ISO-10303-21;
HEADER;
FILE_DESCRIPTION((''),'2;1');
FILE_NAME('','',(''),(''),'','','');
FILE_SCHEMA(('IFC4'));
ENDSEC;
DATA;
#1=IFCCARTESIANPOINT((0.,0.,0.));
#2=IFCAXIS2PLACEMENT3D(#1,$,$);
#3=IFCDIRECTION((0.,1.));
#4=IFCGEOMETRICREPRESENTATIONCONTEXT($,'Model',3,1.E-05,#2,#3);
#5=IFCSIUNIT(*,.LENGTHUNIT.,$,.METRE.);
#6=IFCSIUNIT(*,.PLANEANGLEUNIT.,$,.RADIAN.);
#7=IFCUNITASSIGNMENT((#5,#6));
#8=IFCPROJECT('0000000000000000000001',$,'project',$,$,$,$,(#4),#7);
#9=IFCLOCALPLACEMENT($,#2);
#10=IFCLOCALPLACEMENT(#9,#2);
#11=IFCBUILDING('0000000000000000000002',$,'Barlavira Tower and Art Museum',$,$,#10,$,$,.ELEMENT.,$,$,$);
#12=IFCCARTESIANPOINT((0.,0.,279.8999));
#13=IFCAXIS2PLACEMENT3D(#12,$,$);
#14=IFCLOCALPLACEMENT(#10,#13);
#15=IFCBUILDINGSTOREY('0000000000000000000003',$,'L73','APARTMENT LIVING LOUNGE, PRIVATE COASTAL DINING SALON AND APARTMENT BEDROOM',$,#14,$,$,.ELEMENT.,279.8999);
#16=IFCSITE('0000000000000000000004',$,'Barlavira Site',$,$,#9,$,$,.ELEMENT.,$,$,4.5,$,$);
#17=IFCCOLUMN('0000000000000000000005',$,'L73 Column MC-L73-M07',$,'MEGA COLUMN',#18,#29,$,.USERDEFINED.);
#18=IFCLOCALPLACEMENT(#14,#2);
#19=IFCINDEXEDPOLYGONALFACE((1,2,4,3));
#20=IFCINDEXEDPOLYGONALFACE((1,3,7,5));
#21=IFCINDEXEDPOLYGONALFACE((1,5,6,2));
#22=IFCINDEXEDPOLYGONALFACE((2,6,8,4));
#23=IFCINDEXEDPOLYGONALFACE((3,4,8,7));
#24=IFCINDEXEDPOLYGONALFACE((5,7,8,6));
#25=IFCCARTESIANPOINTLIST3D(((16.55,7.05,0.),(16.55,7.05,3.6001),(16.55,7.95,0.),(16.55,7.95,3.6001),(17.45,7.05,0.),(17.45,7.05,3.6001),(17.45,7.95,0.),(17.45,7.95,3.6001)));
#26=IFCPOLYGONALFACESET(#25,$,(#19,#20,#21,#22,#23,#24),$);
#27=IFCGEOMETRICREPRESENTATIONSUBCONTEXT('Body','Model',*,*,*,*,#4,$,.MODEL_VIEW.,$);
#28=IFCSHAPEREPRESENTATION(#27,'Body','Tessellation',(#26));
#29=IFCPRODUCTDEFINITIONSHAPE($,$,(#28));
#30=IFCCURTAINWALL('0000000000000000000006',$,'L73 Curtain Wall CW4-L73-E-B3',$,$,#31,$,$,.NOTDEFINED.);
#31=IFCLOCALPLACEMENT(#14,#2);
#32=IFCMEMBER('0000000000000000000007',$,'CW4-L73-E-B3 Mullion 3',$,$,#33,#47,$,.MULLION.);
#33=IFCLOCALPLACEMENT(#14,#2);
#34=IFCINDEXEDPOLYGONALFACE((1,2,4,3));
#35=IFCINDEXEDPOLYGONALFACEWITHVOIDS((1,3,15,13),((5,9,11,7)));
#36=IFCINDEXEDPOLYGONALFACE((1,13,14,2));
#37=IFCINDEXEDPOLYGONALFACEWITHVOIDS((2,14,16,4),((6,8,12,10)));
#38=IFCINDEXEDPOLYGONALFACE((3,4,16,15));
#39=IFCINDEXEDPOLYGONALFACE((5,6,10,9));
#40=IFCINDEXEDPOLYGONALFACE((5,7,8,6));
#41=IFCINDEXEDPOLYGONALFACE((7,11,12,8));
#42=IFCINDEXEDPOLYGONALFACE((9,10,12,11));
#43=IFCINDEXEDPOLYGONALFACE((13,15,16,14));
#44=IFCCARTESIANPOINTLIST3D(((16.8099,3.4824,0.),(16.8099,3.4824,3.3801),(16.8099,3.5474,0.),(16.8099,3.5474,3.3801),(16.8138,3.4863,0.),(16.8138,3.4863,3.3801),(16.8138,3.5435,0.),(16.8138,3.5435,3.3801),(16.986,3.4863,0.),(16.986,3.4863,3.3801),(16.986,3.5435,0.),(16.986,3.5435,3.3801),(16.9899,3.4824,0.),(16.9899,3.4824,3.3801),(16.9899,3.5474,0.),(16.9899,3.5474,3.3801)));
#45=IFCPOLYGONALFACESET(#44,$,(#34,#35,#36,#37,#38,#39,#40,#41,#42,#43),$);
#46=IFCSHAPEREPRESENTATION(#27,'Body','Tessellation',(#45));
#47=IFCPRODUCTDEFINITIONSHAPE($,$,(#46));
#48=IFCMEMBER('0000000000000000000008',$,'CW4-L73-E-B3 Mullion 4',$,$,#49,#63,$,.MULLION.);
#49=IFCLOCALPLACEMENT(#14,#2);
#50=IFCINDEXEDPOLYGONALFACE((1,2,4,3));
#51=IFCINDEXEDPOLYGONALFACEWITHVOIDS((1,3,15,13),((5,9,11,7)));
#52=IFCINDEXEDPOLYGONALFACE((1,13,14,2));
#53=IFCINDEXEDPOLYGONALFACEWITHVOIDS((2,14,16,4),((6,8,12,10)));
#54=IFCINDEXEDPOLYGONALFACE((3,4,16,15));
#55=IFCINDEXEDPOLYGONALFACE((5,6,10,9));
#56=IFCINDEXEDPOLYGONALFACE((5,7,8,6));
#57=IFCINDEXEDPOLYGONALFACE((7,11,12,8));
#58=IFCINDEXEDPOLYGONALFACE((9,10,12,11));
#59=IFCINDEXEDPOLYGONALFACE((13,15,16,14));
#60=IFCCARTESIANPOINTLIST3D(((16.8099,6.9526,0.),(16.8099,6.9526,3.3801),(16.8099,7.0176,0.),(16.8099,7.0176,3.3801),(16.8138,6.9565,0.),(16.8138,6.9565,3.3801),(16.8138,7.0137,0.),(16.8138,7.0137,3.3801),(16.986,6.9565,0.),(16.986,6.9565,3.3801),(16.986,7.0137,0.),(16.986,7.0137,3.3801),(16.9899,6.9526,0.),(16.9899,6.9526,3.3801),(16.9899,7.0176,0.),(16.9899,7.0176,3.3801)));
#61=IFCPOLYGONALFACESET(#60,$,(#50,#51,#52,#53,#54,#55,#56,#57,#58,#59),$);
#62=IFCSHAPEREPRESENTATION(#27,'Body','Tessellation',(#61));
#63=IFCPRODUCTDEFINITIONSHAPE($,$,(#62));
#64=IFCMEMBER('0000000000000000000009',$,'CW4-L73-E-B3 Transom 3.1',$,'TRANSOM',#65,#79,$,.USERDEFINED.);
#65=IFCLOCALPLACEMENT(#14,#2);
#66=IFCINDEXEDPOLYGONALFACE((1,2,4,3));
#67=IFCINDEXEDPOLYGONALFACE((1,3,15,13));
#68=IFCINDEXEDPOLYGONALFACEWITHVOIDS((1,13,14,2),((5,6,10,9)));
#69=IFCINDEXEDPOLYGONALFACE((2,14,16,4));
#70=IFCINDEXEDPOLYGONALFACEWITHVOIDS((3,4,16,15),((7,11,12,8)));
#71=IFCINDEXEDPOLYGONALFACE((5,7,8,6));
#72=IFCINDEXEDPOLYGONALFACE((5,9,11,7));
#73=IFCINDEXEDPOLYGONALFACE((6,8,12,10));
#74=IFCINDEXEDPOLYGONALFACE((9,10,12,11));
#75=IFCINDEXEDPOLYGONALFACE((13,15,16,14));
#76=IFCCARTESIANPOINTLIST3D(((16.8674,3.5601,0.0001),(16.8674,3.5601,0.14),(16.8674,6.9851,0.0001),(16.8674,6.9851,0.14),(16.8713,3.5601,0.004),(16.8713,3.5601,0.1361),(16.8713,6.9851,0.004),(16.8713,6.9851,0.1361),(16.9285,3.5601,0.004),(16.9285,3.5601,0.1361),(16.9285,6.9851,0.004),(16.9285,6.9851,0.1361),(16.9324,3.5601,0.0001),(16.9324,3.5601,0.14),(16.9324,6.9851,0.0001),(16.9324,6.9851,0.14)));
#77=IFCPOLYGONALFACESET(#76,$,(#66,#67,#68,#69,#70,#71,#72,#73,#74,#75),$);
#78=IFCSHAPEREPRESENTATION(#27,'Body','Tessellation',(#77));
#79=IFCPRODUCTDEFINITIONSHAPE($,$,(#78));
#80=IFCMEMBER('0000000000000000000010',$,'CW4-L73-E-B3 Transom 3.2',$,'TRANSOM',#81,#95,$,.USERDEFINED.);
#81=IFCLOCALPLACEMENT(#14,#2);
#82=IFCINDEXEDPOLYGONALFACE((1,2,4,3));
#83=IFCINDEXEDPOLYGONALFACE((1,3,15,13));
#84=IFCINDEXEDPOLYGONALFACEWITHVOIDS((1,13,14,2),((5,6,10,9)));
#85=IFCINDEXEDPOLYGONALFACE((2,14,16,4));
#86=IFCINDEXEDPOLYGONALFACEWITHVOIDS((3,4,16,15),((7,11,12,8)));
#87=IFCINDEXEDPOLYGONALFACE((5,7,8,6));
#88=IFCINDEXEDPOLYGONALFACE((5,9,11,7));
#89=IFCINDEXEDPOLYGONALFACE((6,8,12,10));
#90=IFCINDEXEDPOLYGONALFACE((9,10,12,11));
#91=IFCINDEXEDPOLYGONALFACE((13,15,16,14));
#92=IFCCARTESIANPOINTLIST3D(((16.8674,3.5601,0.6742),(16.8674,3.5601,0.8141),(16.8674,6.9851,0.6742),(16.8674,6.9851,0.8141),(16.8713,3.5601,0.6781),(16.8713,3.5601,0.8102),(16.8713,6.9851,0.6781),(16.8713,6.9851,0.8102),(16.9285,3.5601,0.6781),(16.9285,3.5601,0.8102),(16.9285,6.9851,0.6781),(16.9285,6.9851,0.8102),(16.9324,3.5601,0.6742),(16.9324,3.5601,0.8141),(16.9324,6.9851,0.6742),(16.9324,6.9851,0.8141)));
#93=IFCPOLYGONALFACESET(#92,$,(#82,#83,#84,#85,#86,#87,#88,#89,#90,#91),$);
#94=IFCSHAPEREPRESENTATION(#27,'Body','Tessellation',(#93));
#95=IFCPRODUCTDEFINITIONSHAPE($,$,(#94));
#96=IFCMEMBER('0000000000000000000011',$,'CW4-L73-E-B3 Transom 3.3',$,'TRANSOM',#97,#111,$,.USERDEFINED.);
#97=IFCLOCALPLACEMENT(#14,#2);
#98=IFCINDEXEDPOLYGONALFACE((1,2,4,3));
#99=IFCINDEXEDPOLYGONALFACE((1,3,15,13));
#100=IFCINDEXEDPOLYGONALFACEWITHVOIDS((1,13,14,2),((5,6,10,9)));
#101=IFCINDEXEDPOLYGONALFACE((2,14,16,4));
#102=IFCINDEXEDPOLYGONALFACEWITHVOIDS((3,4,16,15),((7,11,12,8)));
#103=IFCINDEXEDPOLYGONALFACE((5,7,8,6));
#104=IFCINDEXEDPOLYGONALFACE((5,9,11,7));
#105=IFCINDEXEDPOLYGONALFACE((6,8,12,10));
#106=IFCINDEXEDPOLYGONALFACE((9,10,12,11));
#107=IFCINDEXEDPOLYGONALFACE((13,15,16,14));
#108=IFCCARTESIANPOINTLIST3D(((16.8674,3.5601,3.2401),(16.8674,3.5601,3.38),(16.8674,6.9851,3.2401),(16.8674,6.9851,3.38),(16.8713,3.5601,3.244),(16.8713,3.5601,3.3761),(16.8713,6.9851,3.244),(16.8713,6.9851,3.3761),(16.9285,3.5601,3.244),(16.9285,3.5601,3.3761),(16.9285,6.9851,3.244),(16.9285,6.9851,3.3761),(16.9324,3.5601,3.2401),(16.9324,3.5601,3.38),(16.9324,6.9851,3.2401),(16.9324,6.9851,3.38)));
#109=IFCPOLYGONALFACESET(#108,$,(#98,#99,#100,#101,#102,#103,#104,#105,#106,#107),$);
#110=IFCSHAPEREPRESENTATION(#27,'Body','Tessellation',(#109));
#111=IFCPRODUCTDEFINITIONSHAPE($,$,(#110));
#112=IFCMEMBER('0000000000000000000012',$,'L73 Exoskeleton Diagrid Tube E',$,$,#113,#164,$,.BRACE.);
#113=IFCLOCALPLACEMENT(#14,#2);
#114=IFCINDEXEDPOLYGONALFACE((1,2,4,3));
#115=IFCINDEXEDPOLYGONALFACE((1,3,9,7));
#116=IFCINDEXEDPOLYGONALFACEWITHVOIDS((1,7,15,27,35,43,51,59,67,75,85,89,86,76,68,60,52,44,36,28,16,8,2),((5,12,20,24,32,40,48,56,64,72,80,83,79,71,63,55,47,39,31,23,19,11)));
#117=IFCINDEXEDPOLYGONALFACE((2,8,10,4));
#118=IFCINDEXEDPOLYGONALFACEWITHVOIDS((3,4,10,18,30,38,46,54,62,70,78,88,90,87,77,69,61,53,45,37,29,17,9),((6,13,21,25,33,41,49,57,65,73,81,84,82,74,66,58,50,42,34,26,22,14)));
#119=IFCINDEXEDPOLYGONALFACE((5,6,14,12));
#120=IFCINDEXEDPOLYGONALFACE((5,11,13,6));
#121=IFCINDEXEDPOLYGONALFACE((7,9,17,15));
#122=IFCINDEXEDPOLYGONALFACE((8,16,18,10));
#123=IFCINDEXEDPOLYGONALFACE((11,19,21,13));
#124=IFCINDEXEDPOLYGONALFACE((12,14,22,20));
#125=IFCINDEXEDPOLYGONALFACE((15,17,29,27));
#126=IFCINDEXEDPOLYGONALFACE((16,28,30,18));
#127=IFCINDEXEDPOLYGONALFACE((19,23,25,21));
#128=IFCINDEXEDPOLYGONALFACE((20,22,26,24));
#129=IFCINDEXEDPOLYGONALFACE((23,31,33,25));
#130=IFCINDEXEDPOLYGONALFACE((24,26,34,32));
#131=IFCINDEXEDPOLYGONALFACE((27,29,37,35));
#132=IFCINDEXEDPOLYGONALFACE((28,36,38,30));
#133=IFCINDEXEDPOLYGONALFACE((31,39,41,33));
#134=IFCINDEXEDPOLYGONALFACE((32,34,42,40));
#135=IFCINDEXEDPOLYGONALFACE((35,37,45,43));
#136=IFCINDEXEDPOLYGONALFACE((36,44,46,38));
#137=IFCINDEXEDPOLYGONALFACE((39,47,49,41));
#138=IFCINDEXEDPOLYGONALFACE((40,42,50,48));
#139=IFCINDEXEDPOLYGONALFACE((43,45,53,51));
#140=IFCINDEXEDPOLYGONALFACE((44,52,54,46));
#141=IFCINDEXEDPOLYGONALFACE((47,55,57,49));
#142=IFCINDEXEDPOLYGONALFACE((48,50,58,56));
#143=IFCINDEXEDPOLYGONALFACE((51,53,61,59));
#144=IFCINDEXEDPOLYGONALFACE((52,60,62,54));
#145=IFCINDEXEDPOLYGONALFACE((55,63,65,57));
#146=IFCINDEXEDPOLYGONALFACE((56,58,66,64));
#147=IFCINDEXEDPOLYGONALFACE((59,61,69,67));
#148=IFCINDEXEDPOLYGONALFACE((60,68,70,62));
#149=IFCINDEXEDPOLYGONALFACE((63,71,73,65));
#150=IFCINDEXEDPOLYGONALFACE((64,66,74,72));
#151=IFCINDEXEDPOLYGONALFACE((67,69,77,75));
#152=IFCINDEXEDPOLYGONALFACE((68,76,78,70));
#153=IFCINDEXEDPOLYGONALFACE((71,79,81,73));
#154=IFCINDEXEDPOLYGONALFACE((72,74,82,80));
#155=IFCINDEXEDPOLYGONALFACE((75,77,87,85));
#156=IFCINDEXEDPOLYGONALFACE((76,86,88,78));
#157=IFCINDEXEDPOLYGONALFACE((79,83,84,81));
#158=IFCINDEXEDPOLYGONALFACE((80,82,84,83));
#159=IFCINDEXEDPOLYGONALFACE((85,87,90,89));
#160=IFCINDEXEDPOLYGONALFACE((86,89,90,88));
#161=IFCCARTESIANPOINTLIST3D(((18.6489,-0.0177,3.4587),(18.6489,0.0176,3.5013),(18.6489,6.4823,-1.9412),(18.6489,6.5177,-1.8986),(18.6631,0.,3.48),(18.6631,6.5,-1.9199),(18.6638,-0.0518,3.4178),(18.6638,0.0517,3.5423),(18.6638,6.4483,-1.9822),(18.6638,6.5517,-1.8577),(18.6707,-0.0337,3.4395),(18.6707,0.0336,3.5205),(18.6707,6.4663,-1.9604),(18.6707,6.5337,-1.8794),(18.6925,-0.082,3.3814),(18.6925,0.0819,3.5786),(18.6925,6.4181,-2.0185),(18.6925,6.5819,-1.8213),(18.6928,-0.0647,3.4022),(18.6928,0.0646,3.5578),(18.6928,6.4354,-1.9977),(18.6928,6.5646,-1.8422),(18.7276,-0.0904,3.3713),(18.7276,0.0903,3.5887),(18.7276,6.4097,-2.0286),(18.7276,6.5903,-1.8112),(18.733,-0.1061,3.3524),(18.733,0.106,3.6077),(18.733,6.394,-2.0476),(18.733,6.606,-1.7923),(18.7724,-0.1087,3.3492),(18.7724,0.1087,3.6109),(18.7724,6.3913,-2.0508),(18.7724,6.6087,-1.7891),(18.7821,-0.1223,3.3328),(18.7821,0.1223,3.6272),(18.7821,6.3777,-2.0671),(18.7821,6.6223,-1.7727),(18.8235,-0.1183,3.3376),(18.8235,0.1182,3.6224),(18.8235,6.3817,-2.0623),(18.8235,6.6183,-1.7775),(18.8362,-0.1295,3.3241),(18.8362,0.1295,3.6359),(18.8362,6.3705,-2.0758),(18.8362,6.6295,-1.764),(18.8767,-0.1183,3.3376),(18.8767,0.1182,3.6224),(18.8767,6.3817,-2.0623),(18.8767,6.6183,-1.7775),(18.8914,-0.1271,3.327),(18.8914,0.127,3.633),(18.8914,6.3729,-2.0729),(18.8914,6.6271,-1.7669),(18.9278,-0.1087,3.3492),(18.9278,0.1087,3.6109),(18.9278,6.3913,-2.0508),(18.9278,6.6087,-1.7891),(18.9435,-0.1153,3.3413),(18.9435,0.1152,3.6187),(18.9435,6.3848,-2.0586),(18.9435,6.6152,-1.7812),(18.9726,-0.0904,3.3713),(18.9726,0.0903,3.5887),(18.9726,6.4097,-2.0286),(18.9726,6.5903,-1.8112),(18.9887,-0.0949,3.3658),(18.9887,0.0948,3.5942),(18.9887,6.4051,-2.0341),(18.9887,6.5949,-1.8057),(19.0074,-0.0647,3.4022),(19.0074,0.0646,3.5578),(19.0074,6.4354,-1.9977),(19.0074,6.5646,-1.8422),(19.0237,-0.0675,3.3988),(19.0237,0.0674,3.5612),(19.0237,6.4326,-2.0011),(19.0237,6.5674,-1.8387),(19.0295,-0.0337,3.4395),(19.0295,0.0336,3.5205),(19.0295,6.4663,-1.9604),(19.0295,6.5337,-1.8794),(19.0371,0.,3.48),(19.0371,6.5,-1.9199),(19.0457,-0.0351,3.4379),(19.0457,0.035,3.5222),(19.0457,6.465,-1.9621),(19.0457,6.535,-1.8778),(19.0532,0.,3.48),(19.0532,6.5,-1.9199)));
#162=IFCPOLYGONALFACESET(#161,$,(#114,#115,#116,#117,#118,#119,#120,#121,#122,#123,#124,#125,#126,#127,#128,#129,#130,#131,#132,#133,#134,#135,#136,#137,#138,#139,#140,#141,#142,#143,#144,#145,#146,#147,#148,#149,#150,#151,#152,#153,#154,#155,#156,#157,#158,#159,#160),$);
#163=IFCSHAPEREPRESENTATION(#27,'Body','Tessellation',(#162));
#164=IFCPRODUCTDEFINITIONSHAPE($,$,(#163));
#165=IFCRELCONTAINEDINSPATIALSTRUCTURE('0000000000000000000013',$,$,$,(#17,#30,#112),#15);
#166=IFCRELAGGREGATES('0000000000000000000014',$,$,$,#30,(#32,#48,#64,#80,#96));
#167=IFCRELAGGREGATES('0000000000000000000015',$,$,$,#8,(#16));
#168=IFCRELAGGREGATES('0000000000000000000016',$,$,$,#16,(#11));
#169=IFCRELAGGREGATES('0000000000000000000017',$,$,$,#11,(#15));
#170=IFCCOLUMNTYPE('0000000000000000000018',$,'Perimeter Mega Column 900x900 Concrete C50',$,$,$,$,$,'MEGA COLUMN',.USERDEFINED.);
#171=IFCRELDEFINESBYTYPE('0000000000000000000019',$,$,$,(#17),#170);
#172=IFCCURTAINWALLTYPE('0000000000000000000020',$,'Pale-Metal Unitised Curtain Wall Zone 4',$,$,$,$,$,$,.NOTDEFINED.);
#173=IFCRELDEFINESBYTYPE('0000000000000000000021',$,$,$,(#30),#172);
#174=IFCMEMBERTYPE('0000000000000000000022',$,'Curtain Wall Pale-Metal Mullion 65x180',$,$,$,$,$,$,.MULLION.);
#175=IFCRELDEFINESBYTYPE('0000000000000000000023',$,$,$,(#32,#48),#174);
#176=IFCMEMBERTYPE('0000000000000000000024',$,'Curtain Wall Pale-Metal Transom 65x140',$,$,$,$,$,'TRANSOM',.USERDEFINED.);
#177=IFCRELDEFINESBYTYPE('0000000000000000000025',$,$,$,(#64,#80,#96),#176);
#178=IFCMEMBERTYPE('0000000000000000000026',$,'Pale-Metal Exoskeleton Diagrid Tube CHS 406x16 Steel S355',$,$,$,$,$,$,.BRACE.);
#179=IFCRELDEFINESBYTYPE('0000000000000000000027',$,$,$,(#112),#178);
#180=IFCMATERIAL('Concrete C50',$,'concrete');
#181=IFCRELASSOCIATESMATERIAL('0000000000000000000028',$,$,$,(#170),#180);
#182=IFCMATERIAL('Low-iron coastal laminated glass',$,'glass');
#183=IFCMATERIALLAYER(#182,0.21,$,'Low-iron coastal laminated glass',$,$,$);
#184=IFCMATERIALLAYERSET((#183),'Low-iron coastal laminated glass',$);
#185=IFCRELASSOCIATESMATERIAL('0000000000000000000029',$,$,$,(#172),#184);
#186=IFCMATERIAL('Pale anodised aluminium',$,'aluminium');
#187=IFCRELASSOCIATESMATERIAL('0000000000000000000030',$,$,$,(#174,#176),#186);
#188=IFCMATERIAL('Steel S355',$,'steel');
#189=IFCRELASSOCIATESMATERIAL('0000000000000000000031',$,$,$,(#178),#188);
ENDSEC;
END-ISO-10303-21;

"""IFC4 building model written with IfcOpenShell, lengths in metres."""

from ifc_helpers import new_model, si_unit, direction, frame, origin, origin_2d, place, context, subcontext, project, spatial, rectangle, hollow_rectangle, hollow_circle, extrude, material, layer, layer_set, material_profile, profile_set, type_object, element, aggregate, save


model = new_model("IFC4")

# Units and contexts
model_context = context("Model", 3, precision=1e-05, world=origin(), true_north=direction((0.0, 1.0)))
body_context = subcontext(model_context, "Body", "Model", "MODEL_VIEW")
ifc_project = project(units=[si_unit("LENGTHUNIT", "METRE"), si_unit("PLANEANGLEUNIT", "RADIAN")], contexts=[model_context])

# Site, building, storey
site_placement = place(None, origin())
site = spatial("IfcSite", under=ifc_project, at=site_placement, Name="Barlavira Site", CompositionType="ELEMENT", RefElevation=4.5)
building_placement = place(site_placement, origin())
building = spatial("IfcBuilding", under=site, at=building_placement, Name="Barlavira Tower and Art Museum", CompositionType="ELEMENT")
storey_placement = place(building_placement, frame((0.0, 0.0, 279.8999)))
storey = spatial("IfcBuildingStorey", under=building, at=storey_placement, Name="L73", Description="APARTMENT LIVING LOUNGE, PRIVATE COASTAL DINING SALON AND APARTMENT BEDROOM", CompositionType="ELEMENT", Elevation=279.8999)

# Column
ifc_material_1 = material(Name="Concrete C50", Category="concrete")
ifc_material_profile_1 = material_profile(ifc_material_1, rectangle(XDim=0.8999, YDim=0.8999, at=origin_2d()), Name="RC-COL 900x900")
ifc_profile_set_1 = profile_set([ifc_material_profile_1], Name="Concrete C50")
column_type = type_object("IfcColumnType", Name="Perimeter Mega Column 900x900 Concrete C50", ElementType="MEGA COLUMN", PredefinedType="USERDEFINED", material=ifc_profile_set_1)
column_placement = place(storey_placement, frame((17.0, 7.5, 0.0), z_axis=(0.0, 0.0, 1.0), x_axis=(1.0, 0.0, 0.0)))
element("IfcColumn", 1, at=column_placement, inside=storey, type_object=column_type, Name="L73 Column MC-L73-M07", ObjectType="MEGA COLUMN", PredefinedType="USERDEFINED", context=body_context, shape_type="SweptSolid", body=[
    extrude(rectangle(XDim=0.8999, YDim=0.8999, at=origin_2d()), origin(), (0.0, 0.0, 1.0), 3.6001),
])

# Curtain wall, members
ifc_material_2 = material(Name="Low-iron coastal laminated glass", Category="glass")
ifc_layer_1 = layer(ifc_material_2, 0.21, Name="Low-iron coastal laminated glass")
ifc_layer_set_1 = layer_set([ifc_layer_1], Name="Low-iron coastal laminated glass")
curtain_wall_type = type_object("IfcCurtainWallType", Name="Pale-Metal Unitised Curtain Wall Zone 4", PredefinedType="NOTDEFINED", material=ifc_layer_set_1)
curtain_wall_placement = place(storey_placement, origin())
curtain_wall = element("IfcCurtainWall", 2, at=curtain_wall_placement, inside=storey, type_object=curtain_wall_type, Name="L73 Curtain Wall CW4-L73-E-B3", PredefinedType="NOTDEFINED")
ifc_material_3 = material(Name="Pale anodised aluminium", Category="aluminium")
ifc_material_profile_2 = material_profile(ifc_material_3, hollow_rectangle(XDim=0.0649, YDim=0.1799, WallThickness=0.0039, at=origin_2d()), Name="ALU-MULL 65x180x4")
ifc_profile_set_2 = profile_set([ifc_material_profile_2], Name="Pale anodised aluminium")
member_type_1 = type_object("IfcMemberType", Name="Curtain Wall Pale-Metal Mullion 65x180", PredefinedType="MULLION", material=ifc_profile_set_2)
member_1_placement = place(storey_placement, frame((16.8999, 3.5149, 0.0), z_axis=(0.0, 0.0, 1.0), x_axis=(0.0, 1.0, 0.0)))
member_1 = element("IfcMember", 3, at=member_1_placement, type_object=member_type_1, Name="CW4-L73-E-B3 Mullion 3", PredefinedType="MULLION", context=body_context, shape_type="SweptSolid", body=[
    extrude(hollow_rectangle(XDim=0.0649, YDim=0.1799, WallThickness=0.0039, at=origin_2d()), origin(), (0.0, 0.0, 1.0), 3.3801),
])
member_2_placement = place(storey_placement, frame((16.8999, 6.9851, 0.0), z_axis=(0.0, 0.0, 1.0), x_axis=(0.0, 1.0, 0.0)))
member_2 = element("IfcMember", 4, at=member_2_placement, type_object=member_type_1, Name="CW4-L73-E-B3 Mullion 4", PredefinedType="MULLION", context=body_context, shape_type="SweptSolid", body=[
    extrude(hollow_rectangle(XDim=0.0649, YDim=0.1799, WallThickness=0.0039, at=origin_2d()), origin(), (0.0, 0.0, 1.0), 3.3801),
])
ifc_material_profile_3 = material_profile(ifc_material_3, hollow_rectangle(XDim=0.0649, YDim=0.1399, WallThickness=0.0039, at=origin_2d()), Name="ALU-TRAN 65x140x4")
ifc_profile_set_3 = profile_set([ifc_material_profile_3], Name="Pale anodised aluminium")
member_type_2 = type_object("IfcMemberType", Name="Curtain Wall Pale-Metal Transom 65x140", ElementType="TRANSOM", PredefinedType="USERDEFINED", material=ifc_profile_set_3)
member_3_placement = place(storey_placement, frame((16.8999, 3.5601, 0.0701), z_axis=(0.0, 1.0, 0.0), x_axis=(-1.0, 0.0, 0.0)))
member_3 = element("IfcMember", 5, at=member_3_placement, type_object=member_type_2, Name="CW4-L73-E-B3 Transom 3.1", ObjectType="TRANSOM", PredefinedType="USERDEFINED", context=body_context, shape_type="SweptSolid", body=[
    extrude(hollow_rectangle(XDim=0.0649, YDim=0.1399, WallThickness=0.0039, at=origin_2d()), origin(), (0.0, 0.0, 1.0), 3.425),
])
member_4_placement = place(storey_placement, frame((16.8999, 3.5601, 0.7441), z_axis=(0.0, 1.0, 0.0), x_axis=(-1.0, 0.0, 0.0)))
member_4 = element("IfcMember", 6, at=member_4_placement, type_object=member_type_2, Name="CW4-L73-E-B3 Transom 3.2", ObjectType="TRANSOM", PredefinedType="USERDEFINED", context=body_context, shape_type="SweptSolid", body=[
    extrude(hollow_rectangle(XDim=0.0649, YDim=0.1399, WallThickness=0.0039, at=origin_2d()), origin(), (0.0, 0.0, 1.0), 3.425),
])
member_5_placement = place(storey_placement, frame((16.8999, 3.5601, 3.3101), z_axis=(0.0, 1.0, 0.0), x_axis=(-1.0, 0.0, 0.0)))
member_5 = element("IfcMember", 7, at=member_5_placement, type_object=member_type_2, Name="CW4-L73-E-B3 Transom 3.3", ObjectType="TRANSOM", PredefinedType="USERDEFINED", context=body_context, shape_type="SweptSolid", body=[
    extrude(hollow_rectangle(XDim=0.0649, YDim=0.1399, WallThickness=0.0039, at=origin_2d()), origin(), (0.0, 0.0, 1.0), 3.425),
])

# Member
ifc_material_4 = material(Name="Steel S355", Category="steel")
ifc_material_profile_4 = material_profile(ifc_material_4, hollow_circle(Radius=0.2031, WallThickness=0.0161, at=origin_2d()), Name="CHS 406.4x16.0")
ifc_profile_set_4 = profile_set([ifc_material_profile_4], Name="Steel S355")
member_type_3 = type_object("IfcMemberType", Name="Pale-Metal Exoskeleton Diagrid Tube CHS 406x16 Steel S355", PredefinedType="BRACE", material=ifc_profile_set_4)
for number, where, z_axis, x_axis, name in (
    (8, (18.8501, 6.5, -1.9199), (0.0, -0.769196, 0.639013), (1.0, 0.0, 0.0), "L73 Exoskeleton Diagrid Tube E"),
):
    element("IfcMember", number, at=place(storey_placement, frame(where, z_axis=z_axis, x_axis=x_axis)), inside=storey, type_object=member_type_3, Name=name, PredefinedType="BRACE", context=body_context, shape_type="SweptSolid", body=[
        extrude(hollow_circle(Radius=0.2031, WallThickness=0.0161, at=origin_2d()), origin(), (0.0, 0.0, 1.0), 8.4504),
    ])

aggregate(curtain_wall, [member_1, member_2, member_3, member_4, member_5])

save(model, "model.ifc")
